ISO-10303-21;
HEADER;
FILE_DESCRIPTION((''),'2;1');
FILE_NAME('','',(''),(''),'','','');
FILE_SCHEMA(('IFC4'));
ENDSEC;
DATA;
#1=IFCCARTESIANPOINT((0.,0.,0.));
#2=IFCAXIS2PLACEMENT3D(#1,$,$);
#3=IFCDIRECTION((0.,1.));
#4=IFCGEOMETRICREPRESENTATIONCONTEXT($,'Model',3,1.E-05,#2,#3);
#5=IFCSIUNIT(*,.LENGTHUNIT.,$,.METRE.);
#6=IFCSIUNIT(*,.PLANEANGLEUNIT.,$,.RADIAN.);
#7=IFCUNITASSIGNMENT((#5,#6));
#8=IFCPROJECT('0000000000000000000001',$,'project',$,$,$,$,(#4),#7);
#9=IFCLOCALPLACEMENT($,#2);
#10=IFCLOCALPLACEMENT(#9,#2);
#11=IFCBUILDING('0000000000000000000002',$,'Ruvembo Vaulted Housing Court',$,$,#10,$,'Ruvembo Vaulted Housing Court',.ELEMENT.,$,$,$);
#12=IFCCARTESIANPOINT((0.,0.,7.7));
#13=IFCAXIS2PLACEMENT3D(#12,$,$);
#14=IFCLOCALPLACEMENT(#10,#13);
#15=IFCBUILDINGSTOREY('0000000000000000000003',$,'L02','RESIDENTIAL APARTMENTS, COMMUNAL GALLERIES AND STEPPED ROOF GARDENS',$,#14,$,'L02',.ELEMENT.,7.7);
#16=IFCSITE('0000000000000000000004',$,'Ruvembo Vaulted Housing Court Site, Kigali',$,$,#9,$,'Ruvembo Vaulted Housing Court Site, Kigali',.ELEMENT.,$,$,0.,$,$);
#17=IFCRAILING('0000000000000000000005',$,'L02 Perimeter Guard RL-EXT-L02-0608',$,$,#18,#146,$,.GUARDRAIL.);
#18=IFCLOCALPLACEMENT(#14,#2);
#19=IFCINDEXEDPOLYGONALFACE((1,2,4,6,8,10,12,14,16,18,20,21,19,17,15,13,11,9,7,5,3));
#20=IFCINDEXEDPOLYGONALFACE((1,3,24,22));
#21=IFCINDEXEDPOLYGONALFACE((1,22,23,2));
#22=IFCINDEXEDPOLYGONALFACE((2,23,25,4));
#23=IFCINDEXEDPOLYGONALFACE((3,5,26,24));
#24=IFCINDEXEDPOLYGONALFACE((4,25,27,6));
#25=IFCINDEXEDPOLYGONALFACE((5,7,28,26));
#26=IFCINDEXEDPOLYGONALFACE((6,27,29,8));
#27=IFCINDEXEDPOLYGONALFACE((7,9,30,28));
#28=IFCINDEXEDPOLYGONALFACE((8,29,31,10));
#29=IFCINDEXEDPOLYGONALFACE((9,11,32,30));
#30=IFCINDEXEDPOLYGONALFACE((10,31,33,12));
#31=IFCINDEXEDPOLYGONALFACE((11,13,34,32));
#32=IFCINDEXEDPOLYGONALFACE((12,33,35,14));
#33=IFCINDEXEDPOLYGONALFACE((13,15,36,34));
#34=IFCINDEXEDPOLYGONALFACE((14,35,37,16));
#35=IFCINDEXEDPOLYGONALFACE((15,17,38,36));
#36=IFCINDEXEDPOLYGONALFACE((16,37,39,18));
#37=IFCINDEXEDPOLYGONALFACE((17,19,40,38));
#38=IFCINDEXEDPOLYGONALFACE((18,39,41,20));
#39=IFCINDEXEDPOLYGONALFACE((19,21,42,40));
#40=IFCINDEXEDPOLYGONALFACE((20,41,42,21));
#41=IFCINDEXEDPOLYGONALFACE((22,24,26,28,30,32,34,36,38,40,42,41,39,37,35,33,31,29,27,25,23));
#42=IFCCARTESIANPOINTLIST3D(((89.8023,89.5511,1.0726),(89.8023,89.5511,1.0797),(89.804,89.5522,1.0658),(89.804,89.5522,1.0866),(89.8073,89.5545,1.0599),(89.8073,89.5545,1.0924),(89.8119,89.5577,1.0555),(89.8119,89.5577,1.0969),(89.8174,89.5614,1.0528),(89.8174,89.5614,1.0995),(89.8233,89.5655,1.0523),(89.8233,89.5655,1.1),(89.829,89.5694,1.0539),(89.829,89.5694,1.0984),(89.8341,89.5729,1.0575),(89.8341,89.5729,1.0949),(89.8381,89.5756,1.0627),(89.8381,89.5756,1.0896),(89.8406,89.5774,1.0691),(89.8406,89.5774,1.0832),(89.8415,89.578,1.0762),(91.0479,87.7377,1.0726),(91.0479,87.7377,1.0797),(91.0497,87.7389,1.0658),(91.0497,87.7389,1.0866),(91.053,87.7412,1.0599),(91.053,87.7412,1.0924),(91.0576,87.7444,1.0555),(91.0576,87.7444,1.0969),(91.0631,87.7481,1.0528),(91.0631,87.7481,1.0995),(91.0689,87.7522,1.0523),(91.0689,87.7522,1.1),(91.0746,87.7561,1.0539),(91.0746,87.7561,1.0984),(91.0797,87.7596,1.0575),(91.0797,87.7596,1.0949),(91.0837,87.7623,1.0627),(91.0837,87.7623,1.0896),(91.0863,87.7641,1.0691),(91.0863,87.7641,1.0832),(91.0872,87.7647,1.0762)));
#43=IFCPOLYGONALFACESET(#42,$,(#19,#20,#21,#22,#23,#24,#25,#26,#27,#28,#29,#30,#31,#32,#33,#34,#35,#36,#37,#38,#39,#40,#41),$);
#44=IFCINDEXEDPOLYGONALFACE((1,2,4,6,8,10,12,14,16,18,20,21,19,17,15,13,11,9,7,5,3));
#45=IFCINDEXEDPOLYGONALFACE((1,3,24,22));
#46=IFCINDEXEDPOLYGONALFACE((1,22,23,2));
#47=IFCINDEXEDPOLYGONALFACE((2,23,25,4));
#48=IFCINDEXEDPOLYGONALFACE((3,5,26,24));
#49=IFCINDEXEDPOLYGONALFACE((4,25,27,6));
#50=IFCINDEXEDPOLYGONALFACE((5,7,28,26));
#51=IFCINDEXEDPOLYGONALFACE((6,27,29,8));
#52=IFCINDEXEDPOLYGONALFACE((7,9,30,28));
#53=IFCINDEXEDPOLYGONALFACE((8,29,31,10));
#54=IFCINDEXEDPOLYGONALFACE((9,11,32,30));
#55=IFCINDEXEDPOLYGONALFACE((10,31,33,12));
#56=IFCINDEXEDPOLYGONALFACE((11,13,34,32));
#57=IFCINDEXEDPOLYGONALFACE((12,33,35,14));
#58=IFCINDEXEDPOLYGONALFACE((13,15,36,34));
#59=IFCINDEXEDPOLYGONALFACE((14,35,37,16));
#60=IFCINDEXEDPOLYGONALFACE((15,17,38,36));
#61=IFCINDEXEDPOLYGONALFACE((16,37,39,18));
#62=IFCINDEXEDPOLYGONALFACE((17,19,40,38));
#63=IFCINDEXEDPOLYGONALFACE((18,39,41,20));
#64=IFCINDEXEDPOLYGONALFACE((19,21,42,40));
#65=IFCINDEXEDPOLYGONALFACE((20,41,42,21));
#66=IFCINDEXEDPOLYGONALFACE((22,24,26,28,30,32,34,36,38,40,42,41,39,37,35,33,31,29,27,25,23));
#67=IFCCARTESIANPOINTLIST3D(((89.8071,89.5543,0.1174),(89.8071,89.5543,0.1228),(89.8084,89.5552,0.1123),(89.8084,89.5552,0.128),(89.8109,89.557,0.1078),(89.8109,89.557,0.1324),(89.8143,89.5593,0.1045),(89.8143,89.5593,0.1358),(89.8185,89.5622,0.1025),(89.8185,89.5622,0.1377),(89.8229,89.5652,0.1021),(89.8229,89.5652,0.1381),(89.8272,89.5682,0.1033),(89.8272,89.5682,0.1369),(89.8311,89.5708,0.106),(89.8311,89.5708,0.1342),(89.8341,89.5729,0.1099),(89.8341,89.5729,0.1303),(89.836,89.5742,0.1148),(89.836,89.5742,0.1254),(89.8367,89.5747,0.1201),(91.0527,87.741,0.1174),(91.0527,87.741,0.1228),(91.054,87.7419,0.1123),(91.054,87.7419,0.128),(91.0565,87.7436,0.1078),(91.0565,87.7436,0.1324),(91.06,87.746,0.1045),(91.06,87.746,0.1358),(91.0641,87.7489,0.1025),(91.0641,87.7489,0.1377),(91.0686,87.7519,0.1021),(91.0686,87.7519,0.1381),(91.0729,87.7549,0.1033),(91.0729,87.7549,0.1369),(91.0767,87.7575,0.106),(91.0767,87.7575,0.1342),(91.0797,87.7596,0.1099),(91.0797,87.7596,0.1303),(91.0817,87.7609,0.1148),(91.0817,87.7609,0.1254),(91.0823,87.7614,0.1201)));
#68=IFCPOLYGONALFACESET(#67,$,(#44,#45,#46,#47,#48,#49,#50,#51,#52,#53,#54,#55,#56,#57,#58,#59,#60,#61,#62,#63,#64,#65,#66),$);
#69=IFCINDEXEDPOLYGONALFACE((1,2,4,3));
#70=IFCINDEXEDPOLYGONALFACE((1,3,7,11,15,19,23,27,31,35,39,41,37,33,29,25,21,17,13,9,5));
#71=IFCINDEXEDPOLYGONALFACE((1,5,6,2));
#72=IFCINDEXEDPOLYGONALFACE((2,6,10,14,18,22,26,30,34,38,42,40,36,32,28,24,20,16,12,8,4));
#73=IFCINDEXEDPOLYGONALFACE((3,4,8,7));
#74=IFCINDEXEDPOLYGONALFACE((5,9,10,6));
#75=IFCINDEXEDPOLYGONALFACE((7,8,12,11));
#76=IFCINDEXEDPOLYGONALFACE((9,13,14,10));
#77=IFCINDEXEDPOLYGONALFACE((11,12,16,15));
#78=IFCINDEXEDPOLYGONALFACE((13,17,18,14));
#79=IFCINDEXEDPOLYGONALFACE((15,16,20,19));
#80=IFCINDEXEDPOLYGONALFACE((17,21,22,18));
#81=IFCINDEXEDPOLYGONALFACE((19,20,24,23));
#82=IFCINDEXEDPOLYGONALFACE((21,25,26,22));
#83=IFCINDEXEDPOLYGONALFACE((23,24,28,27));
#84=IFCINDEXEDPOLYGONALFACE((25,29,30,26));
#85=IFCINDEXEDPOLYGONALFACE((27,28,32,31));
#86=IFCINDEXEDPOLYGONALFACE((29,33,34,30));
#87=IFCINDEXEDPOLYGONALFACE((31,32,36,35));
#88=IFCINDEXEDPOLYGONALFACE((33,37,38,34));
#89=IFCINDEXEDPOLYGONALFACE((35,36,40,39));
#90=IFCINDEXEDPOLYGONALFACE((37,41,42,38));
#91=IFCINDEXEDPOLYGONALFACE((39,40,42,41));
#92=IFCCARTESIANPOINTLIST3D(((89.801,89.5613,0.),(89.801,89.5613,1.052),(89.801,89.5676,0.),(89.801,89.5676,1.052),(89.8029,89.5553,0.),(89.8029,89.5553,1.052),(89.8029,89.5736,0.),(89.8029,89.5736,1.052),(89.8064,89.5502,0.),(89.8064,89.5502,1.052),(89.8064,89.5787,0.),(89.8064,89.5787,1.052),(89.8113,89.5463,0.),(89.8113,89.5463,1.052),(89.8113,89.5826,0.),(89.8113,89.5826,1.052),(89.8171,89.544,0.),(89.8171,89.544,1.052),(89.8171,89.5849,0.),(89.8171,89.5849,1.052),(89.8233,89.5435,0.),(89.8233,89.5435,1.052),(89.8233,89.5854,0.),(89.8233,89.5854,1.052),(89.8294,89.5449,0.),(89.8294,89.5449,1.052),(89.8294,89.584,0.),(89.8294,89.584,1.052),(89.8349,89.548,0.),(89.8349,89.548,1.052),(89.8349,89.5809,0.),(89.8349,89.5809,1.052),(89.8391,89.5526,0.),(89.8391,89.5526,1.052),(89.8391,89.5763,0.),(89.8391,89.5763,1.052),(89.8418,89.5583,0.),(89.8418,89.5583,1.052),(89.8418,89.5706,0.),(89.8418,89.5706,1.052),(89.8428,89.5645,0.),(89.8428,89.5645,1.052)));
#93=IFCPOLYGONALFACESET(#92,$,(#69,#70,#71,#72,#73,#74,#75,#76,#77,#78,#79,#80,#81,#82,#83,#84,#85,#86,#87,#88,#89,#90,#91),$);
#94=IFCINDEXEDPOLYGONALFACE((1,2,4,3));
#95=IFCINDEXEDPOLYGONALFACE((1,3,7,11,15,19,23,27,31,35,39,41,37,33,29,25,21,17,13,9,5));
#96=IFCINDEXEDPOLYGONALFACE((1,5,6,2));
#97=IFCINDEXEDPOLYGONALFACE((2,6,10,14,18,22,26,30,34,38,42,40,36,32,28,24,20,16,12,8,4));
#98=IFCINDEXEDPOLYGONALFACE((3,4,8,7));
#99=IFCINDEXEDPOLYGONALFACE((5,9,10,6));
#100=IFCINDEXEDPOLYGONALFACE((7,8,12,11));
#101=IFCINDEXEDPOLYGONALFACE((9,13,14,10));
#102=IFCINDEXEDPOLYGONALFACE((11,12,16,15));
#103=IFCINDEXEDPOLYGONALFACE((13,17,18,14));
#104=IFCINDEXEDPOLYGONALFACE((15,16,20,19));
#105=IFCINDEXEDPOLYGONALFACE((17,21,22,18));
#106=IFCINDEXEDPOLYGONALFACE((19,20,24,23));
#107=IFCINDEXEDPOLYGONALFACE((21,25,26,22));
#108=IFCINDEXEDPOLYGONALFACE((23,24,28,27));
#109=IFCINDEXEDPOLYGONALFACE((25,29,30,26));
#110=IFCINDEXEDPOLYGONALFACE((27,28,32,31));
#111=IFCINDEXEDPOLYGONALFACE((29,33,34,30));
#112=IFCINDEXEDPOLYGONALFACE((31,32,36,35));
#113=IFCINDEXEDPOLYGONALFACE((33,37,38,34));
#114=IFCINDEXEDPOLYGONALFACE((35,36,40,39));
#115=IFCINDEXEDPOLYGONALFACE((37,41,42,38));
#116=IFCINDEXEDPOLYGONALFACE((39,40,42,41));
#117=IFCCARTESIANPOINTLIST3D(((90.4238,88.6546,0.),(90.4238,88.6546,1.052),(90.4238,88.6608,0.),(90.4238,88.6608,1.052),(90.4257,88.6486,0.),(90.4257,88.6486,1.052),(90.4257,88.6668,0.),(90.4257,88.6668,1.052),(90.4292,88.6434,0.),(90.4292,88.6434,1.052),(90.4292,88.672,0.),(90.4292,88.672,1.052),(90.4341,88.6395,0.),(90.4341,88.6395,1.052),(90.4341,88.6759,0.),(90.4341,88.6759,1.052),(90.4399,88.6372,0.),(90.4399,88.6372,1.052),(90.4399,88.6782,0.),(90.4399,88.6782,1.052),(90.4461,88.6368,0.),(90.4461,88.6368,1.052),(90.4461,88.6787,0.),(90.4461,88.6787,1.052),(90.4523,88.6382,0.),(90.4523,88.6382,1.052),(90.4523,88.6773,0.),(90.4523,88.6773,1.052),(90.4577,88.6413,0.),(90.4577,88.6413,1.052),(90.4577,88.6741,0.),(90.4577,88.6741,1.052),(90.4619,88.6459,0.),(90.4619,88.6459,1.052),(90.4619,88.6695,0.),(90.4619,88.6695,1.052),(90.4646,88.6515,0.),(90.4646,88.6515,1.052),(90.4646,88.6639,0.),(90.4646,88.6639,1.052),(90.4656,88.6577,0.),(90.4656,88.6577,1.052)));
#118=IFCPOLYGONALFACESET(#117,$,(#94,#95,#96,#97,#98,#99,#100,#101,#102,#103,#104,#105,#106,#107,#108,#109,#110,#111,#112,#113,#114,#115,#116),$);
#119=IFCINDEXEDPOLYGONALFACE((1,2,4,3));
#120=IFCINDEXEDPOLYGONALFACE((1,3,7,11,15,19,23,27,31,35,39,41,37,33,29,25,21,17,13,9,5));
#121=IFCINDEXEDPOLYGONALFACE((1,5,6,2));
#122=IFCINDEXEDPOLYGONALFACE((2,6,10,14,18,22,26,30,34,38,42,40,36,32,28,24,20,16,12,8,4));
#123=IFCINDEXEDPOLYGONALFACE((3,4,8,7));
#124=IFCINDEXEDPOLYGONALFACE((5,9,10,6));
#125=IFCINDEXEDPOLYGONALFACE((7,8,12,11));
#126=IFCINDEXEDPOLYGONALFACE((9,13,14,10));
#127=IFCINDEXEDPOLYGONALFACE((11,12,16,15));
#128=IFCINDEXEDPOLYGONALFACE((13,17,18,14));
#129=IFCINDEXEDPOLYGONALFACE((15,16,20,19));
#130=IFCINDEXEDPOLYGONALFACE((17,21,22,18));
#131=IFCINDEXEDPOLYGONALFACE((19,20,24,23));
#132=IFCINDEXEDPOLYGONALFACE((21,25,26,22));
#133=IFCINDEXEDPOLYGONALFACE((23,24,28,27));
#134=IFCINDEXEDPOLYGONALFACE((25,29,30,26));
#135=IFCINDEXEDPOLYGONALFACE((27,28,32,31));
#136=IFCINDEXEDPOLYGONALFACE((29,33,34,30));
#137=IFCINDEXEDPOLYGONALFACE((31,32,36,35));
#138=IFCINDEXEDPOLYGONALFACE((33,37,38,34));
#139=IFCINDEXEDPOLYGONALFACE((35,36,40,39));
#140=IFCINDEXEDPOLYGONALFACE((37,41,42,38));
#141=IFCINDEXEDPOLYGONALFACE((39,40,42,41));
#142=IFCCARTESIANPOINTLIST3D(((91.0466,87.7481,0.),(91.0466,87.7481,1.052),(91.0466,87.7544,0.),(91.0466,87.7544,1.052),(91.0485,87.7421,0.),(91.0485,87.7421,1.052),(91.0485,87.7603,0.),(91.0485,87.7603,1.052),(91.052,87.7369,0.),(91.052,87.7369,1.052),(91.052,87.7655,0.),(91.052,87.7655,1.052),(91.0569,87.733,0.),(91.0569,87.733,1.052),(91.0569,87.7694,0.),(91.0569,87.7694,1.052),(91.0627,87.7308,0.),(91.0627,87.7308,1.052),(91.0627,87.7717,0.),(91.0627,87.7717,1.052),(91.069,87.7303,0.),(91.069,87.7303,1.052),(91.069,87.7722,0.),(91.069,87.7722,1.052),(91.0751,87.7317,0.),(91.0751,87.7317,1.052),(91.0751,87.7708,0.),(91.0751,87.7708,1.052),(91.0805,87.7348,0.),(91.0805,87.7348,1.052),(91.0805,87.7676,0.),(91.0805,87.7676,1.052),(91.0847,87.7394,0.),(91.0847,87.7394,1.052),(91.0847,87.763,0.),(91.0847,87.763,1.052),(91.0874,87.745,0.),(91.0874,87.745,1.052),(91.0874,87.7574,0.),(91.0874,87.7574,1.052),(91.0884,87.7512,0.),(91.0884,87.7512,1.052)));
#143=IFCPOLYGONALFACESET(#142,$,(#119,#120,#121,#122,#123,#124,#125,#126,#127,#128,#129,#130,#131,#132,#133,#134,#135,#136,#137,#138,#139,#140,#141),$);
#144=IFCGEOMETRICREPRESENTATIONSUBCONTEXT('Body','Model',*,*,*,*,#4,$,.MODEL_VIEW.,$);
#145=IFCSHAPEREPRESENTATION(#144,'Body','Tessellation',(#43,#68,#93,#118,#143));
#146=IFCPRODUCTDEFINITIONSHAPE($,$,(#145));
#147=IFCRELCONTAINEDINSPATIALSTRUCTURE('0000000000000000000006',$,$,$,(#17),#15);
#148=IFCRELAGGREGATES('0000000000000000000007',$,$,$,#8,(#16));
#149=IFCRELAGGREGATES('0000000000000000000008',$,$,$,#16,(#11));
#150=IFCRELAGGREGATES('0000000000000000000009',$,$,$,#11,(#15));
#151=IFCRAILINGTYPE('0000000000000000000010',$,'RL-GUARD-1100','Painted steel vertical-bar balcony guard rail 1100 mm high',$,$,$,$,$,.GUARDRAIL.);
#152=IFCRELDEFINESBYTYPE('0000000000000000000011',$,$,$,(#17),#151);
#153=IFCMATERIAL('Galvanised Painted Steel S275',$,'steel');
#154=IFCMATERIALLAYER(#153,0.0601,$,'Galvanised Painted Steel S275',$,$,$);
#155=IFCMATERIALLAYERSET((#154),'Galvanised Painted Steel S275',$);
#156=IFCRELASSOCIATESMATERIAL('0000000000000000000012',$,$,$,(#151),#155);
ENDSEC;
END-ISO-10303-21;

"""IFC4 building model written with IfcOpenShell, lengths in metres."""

from ifc_helpers import new_model, si_unit, direction, frame, origin, origin_2d, place, context, subcontext, project, spatial, circle, extrude, material, layer, layer_set, type_object, element, save


model = new_model("IFC4")

# Units and contexts
model_context = context("Model", 3, precision=1e-05, world=origin(), true_north=direction((0.0, 1.0)))
body_context = subcontext(model_context, "Body", "Model", "MODEL_VIEW")
ifc_project = project(units=[si_unit("LENGTHUNIT", "METRE"), si_unit("PLANEANGLEUNIT", "RADIAN")], contexts=[model_context])

# Site, building, storey
site_placement = place(None, origin())
site = spatial("IfcSite", under=ifc_project, at=site_placement, Name="Ruvembo Vaulted Housing Court Site, Kigali", LongName="Ruvembo Vaulted Housing Court Site, Kigali", CompositionType="ELEMENT", RefElevation=0.0)
building_placement = place(site_placement, origin())
building = spatial("IfcBuilding", under=site, at=building_placement, Name="Ruvembo Vaulted Housing Court", LongName="Ruvembo Vaulted Housing Court", CompositionType="ELEMENT")
storey_placement = place(building_placement, frame((0.0, 0.0, 7.7)))
storey = spatial("IfcBuildingStorey", under=building, at=storey_placement, Name="L02", Description="RESIDENTIAL APARTMENTS, COMMUNAL GALLERIES AND STEPPED ROOF GARDENS", LongName="L02", CompositionType="ELEMENT", Elevation=7.7)

# Railing
ifc_material_1 = material(Name="Galvanised Painted Steel S275", Category="steel")
ifc_layer_1 = layer(ifc_material_1, 0.0601, Name="Galvanised Painted Steel S275")
ifc_layer_set_1 = layer_set([ifc_layer_1], Name="Galvanised Painted Steel S275")
railing_type = type_object("IfcRailingType", Name="RL-GUARD-1100", Description="Painted steel vertical-bar balcony guard rail 1100 mm high", PredefinedType="GUARDRAIL", material=ifc_layer_set_1)
railing_1_placement = place(storey_placement, frame((89.8218, 89.5645, 0.0)))
element("IfcRailing", 1, at=railing_1_placement, inside=storey, type_object=railing_type, Name="L02 Perimeter Guard RL-EXT-L02-0608", PredefinedType="GUARDRAIL", context=body_context, shape_type="SweptSolid", body=[
    extrude(circle(Radius=0.0239, at=origin_2d()), frame((0.0, 0.0, 1.0762), z_axis=(0.566223, -0.824252, 0.0), x_axis=(0.824252, 0.566223, 0.0)), (0.0, 0.0, 1.0), 2.2),
    extrude(circle(Radius=0.0181, at=origin_2d()), frame((0.0, 0.0, 0.1201), z_axis=(0.566223, -0.824252, 0.0), x_axis=(0.824252, 0.566223, 0.0)), (0.0, 0.0, 1.0), 2.2),
    extrude(circle(Radius=0.021, at=origin_2d()), origin(), (0.0, 0.0, 1.0), 1.052),
    extrude(circle(Radius=0.021, at=origin_2d()), frame((0.6228, -0.9067, 0.0)), (0.0, 0.0, 1.0), 1.052),
    extrude(circle(Radius=0.021, at=origin_2d()), frame((1.2456, -1.8132, 0.0)), (0.0, 0.0, 1.0), 1.052),
])

save(model, "model.ifc")
